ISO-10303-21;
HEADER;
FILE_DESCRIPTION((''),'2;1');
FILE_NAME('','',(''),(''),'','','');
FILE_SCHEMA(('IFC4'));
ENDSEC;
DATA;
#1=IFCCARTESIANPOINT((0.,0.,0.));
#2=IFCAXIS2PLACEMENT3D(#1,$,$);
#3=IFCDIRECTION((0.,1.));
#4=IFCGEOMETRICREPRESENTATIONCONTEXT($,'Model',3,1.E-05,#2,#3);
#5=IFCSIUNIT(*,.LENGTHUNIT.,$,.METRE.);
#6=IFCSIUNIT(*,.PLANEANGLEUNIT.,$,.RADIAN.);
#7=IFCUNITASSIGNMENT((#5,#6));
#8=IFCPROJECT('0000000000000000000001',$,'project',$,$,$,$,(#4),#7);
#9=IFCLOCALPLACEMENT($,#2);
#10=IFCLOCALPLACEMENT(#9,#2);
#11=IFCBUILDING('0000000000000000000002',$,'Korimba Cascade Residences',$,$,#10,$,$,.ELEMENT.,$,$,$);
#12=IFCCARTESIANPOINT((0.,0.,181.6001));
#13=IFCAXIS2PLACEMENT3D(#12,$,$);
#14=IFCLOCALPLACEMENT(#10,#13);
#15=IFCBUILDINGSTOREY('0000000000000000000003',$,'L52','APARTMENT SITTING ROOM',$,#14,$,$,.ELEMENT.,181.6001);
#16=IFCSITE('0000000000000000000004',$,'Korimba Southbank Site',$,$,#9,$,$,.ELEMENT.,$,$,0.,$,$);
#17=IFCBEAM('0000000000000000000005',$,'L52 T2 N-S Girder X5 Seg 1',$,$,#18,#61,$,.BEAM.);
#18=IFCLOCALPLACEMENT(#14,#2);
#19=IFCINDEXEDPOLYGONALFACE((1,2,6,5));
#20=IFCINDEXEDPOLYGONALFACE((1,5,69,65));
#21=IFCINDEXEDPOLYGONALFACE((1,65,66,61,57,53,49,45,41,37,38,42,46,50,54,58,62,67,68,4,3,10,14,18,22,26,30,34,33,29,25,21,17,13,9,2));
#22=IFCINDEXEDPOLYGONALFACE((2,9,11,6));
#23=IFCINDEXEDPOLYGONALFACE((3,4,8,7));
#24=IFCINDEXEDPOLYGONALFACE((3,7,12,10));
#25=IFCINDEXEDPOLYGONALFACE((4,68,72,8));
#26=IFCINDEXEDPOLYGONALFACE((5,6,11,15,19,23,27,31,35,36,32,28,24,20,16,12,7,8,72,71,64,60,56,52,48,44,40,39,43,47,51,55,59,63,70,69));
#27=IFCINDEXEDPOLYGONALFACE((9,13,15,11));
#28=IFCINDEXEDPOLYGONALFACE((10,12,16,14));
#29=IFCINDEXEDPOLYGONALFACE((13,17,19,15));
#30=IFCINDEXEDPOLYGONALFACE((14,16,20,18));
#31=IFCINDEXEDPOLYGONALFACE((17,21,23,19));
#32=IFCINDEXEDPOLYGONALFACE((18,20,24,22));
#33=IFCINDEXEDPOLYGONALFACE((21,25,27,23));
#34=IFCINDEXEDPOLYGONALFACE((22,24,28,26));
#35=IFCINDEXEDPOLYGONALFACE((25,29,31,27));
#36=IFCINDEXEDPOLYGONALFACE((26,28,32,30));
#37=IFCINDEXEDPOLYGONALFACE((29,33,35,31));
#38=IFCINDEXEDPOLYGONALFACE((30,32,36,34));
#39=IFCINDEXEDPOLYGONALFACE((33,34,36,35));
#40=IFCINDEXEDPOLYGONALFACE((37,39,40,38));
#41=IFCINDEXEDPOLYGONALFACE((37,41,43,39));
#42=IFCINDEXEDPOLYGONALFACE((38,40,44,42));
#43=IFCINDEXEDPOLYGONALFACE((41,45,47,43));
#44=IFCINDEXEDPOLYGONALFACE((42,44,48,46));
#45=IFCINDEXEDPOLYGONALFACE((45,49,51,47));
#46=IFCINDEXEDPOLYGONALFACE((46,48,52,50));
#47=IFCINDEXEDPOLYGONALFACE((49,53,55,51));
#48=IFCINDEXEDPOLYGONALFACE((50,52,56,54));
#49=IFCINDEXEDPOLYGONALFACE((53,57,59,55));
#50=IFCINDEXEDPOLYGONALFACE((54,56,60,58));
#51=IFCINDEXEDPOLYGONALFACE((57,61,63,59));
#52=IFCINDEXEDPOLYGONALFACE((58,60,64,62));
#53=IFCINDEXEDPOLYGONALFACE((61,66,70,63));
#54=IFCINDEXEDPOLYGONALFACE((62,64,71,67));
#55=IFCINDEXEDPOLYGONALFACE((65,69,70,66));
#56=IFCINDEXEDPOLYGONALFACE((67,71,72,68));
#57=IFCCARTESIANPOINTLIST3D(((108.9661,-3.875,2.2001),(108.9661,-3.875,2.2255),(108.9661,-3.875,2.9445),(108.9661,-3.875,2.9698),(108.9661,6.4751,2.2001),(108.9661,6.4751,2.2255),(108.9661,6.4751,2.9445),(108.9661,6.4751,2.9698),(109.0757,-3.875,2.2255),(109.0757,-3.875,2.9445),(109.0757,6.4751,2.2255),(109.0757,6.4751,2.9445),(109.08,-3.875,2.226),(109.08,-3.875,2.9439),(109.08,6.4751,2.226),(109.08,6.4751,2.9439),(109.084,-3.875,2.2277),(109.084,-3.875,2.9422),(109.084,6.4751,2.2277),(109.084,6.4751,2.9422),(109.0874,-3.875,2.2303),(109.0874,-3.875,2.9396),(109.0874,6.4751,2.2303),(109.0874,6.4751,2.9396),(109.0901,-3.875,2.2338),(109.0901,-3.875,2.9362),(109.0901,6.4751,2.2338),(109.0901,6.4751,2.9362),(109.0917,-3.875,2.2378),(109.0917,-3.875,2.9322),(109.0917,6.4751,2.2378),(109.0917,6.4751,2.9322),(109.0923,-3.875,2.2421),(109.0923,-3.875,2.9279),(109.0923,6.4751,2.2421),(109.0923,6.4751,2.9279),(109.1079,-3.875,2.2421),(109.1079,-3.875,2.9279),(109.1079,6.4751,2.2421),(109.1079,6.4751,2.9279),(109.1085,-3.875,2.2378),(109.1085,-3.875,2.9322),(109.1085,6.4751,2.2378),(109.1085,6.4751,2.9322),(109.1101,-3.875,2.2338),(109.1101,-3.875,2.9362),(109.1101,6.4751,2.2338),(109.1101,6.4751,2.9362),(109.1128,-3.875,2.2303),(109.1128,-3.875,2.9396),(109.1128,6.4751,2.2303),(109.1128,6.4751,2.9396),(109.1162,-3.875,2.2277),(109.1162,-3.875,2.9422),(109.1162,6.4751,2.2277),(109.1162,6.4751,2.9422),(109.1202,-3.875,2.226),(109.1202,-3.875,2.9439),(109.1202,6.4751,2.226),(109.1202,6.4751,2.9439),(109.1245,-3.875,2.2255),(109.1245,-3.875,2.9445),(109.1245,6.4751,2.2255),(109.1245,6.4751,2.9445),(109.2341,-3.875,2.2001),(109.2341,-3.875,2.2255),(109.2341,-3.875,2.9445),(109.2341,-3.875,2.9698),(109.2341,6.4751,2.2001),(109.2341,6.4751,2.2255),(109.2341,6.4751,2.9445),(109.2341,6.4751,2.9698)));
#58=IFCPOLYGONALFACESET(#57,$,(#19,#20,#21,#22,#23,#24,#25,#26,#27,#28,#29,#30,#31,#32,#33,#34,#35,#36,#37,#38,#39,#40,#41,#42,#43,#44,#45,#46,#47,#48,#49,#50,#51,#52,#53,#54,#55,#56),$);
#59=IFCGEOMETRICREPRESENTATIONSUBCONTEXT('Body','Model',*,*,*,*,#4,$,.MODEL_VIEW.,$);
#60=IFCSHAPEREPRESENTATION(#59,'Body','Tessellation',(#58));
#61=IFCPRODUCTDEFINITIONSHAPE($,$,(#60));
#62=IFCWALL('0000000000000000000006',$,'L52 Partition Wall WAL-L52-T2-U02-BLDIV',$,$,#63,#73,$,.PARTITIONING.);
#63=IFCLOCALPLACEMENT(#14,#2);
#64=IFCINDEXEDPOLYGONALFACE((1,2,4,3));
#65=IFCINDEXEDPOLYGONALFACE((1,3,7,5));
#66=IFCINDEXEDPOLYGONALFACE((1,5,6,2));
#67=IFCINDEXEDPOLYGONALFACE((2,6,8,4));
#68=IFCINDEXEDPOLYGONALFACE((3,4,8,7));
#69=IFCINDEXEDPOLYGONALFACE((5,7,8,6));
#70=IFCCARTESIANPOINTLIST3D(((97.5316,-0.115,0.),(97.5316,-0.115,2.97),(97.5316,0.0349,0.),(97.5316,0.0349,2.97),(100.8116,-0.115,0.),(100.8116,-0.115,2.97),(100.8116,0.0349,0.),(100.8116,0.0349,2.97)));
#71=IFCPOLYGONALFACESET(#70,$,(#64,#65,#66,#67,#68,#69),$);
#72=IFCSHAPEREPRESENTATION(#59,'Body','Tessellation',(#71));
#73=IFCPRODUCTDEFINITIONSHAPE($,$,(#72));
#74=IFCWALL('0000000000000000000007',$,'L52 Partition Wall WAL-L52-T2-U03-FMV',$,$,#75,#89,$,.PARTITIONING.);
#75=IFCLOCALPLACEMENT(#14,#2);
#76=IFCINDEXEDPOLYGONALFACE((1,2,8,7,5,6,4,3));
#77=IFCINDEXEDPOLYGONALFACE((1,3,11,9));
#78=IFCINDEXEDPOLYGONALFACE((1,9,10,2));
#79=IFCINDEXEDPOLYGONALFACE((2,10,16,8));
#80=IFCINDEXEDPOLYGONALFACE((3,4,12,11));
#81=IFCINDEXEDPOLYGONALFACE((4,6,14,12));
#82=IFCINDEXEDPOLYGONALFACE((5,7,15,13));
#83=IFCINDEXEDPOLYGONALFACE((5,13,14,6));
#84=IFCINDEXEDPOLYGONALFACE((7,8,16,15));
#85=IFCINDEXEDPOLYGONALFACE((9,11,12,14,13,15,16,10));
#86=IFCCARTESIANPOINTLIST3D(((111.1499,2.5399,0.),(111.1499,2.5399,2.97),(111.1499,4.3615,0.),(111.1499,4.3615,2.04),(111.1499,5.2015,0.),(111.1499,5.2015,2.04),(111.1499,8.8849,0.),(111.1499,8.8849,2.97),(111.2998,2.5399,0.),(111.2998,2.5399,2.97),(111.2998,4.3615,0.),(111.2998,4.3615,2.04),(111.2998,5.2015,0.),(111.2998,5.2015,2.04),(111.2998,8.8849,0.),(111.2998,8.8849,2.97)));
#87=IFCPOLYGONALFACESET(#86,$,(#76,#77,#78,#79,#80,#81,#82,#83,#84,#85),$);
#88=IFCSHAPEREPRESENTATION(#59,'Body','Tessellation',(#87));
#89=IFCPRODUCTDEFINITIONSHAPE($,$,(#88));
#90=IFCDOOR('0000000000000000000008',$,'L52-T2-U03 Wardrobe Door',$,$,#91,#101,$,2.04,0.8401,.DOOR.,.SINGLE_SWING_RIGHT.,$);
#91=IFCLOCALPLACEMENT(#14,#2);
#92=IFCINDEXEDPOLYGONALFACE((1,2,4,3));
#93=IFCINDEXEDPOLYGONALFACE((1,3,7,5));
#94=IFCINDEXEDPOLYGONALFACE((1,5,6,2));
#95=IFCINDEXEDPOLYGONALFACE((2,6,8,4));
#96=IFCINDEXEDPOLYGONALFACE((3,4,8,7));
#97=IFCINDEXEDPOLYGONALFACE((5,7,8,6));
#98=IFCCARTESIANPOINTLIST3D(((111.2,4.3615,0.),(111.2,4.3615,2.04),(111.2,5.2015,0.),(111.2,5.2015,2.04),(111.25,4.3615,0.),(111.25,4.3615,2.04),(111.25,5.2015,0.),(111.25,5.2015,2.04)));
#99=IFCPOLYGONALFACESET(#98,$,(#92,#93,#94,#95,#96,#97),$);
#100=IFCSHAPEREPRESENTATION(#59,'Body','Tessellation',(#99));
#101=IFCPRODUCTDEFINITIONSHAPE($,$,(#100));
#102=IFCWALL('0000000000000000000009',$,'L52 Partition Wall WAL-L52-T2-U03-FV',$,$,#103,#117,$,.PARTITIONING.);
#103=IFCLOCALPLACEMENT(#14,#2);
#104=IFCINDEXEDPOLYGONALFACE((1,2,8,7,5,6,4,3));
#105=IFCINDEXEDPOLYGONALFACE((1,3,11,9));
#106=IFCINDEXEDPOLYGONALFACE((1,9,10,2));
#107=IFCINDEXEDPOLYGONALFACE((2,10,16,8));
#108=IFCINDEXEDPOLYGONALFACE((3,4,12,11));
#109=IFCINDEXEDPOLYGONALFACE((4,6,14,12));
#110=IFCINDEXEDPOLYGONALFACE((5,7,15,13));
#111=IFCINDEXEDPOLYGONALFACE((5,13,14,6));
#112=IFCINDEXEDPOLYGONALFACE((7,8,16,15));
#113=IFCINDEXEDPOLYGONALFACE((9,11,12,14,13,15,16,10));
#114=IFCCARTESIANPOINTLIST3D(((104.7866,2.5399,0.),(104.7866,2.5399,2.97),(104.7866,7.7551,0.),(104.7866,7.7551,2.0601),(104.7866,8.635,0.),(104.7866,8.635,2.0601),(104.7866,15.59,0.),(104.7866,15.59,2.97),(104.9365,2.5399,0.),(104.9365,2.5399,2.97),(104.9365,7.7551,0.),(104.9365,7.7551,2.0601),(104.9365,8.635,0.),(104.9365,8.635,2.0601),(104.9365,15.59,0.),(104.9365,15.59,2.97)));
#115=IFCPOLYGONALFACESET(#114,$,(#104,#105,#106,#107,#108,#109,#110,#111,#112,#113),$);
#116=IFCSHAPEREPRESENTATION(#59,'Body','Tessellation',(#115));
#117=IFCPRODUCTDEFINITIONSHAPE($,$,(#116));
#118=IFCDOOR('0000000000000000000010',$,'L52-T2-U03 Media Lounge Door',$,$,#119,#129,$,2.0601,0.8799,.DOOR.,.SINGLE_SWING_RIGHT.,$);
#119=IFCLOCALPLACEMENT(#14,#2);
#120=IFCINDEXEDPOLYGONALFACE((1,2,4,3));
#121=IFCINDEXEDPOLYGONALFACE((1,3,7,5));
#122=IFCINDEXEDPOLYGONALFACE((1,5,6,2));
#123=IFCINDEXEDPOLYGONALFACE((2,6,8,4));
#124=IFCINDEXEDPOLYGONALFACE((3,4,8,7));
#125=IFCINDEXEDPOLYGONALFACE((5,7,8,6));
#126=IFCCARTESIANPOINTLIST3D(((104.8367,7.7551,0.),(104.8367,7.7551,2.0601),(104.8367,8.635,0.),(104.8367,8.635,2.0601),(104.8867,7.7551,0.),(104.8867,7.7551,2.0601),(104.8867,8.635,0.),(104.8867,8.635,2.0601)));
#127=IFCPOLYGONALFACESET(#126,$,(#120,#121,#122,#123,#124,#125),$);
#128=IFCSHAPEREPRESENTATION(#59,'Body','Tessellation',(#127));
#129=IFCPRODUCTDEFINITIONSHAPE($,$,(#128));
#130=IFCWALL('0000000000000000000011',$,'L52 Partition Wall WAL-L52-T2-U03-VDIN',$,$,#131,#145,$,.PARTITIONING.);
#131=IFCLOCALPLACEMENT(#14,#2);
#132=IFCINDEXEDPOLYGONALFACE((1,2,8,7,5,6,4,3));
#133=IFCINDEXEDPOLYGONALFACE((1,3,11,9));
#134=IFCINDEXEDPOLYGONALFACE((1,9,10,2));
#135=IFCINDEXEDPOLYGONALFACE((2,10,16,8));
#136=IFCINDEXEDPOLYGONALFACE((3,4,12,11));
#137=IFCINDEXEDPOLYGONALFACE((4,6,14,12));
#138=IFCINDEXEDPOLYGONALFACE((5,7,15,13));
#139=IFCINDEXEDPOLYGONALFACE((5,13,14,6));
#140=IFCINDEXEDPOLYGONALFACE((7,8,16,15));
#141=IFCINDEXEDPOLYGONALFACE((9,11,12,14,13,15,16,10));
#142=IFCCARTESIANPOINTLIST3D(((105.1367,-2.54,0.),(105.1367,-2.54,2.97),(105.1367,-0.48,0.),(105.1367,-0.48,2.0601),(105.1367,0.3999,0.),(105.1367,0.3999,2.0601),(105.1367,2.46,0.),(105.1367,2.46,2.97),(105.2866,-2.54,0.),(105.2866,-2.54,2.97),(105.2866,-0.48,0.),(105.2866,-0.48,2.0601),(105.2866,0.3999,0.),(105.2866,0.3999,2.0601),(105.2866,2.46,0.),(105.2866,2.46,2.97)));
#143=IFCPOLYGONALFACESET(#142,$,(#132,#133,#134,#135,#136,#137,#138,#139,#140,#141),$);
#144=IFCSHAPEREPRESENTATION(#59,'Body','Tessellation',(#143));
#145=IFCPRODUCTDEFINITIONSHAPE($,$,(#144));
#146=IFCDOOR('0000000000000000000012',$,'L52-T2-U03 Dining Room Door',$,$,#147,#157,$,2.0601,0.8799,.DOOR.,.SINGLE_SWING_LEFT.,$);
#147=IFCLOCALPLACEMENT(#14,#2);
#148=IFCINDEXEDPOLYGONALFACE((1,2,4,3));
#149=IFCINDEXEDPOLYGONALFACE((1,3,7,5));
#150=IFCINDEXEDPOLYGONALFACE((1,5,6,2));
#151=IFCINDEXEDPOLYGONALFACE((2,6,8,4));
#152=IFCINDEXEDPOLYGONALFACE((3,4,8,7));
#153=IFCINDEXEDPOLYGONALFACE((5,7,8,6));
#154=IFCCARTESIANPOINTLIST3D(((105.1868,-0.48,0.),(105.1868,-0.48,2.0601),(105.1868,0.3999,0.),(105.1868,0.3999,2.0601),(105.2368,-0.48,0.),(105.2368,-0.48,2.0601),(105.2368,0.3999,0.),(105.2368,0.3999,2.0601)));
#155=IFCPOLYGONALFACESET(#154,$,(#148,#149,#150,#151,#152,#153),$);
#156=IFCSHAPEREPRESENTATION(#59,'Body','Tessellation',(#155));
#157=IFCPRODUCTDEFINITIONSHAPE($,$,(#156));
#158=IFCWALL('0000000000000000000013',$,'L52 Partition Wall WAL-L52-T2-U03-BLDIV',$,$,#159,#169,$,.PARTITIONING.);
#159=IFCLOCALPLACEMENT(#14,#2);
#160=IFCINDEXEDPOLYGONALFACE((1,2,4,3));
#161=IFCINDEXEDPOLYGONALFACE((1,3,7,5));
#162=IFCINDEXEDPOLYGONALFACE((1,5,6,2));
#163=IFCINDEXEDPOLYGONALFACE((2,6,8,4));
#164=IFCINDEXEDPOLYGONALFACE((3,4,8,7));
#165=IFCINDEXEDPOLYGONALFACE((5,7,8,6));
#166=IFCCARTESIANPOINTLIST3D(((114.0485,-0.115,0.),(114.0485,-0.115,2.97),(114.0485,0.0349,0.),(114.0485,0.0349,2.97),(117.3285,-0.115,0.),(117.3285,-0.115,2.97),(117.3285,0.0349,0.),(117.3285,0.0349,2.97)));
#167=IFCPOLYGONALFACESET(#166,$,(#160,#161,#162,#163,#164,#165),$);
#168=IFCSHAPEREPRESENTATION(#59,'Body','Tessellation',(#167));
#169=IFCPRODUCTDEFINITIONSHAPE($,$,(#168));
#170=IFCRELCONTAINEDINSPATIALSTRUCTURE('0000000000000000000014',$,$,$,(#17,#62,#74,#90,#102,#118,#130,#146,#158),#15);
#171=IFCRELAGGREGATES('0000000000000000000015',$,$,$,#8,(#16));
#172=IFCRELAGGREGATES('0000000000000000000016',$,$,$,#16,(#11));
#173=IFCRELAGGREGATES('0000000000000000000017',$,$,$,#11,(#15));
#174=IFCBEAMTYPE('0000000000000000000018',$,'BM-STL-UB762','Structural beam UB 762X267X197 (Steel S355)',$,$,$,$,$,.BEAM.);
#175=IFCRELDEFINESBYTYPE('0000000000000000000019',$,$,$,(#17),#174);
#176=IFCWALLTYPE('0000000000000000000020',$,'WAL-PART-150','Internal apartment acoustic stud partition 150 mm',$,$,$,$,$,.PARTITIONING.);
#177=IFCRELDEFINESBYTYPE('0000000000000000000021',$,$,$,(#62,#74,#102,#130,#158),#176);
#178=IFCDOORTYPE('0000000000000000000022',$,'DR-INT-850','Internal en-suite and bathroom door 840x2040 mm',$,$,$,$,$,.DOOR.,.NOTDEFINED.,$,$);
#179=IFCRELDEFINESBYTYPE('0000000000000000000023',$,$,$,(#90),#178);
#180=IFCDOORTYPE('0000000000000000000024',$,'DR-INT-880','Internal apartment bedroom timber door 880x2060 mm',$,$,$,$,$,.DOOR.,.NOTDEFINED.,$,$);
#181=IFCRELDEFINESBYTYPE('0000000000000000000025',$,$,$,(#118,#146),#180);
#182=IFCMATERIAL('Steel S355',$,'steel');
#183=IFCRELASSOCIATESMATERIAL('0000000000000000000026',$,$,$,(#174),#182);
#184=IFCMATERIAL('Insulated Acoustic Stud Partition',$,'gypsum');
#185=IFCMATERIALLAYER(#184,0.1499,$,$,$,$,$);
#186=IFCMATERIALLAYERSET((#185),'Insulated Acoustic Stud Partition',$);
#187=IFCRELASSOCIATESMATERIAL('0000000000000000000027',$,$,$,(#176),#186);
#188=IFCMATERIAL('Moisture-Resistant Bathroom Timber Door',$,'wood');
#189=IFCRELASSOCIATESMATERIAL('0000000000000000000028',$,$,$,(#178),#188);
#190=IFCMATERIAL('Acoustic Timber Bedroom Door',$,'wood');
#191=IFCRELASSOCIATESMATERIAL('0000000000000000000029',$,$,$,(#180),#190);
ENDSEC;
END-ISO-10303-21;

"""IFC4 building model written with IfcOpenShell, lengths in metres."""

from ifc_helpers import new_model, si_unit, direction, frame, frame_2d, origin, origin_2d, place, context, subcontext, project, spatial, rectangle, i_section, extrude, material, layer, layer_set, material_profile, profile_set, type_object, element, fill, save


model = new_model("IFC4")

# Units and contexts
model_context = context("Model", 3, precision=1e-05, world=origin(), true_north=direction((0.0, 1.0)))
body_context = subcontext(model_context, "Body", "Model", "MODEL_VIEW")
ifc_project = project(units=[si_unit("LENGTHUNIT", "METRE"), si_unit("PLANEANGLEUNIT", "RADIAN")], contexts=[model_context])

# Site, building, storey
site_placement = place(None, origin())
site = spatial("IfcSite", under=ifc_project, at=site_placement, Name="Korimba Southbank Site", CompositionType="ELEMENT", RefElevation=0.0)
building_placement = place(site_placement, origin())
building = spatial("IfcBuilding", under=site, at=building_placement, Name="Korimba Cascade Residences", CompositionType="ELEMENT")
storey_placement = place(building_placement, frame((0.0, 0.0, 181.6001)))
storey = spatial("IfcBuildingStorey", under=building, at=storey_placement, Name="L52", Description="APARTMENT SITTING ROOM", CompositionType="ELEMENT", Elevation=181.6001)

# Beam
ifc_material_1 = material(Name="Steel S355", Category="steel")
ifc_material_profile_1 = material_profile(ifc_material_1, i_section(OverallWidth=0.2681, OverallDepth=0.7698, WebThickness=0.0156, FlangeThickness=0.0254, FilletRadius=0.0166, at=origin_2d()), Name="Steel S355")
ifc_profile_set_1 = profile_set([ifc_material_profile_1], Name="Steel S355")
beam_type_1 = type_object("IfcBeamType", Name="BM-STL-UB762", Description="Structural beam UB 762X267X197 (Steel S355)", PredefinedType="BEAM", material=ifc_profile_set_1)
for number, where, z_axis, x_axis, name in (
    (1, (109.1001, -3.875, 2.585), (0.0, 1.0, 0.0), (-1.0, 0.0, 0.0), "L52 T2 N-S Girder X5 Seg 1"),
):
    element("IfcBeam", number, at=place(storey_placement, frame(where, z_axis=z_axis, x_axis=x_axis)), inside=storey, type_object=beam_type_1, Name=name, PredefinedType="BEAM", context=body_context, shape_type="SweptSolid", body=[
        extrude(i_section(OverallWidth=0.2681, OverallDepth=0.7698, WebThickness=0.0156, FlangeThickness=0.0254, FilletRadius=0.0166, at=origin_2d()), origin(), (0.0, 0.0, 1.0), 10.3501),
    ])

# Wall
ifc_material_2 = material(Name="Insulated Acoustic Stud Partition", Category="gypsum")
ifc_layer = layer(ifc_material_2, 0.1499)
ifc_layer_set = layer_set([ifc_layer], Name="Insulated Acoustic Stud Partition")
wall_type = type_object("IfcWallType", Name="WAL-PART-150", Description="Internal apartment acoustic stud partition 150 mm", PredefinedType="PARTITIONING", material=ifc_layer_set)
wall_1_placement = place(storey_placement, frame((97.5315, -0.04, 0.0), z_axis=(0.0, 0.0, 1.0), x_axis=(1.0, 0.0, 0.0)))
element("IfcWall", 2, at=wall_1_placement, inside=storey, type_object=wall_type, Name="L52 Partition Wall WAL-L52-T2-U02-BLDIV", PredefinedType="PARTITIONING", context=body_context, shape_type="SweptSolid", body=[
    extrude(rectangle(XDim=3.28, YDim=0.1499, at=frame_2d((1.6401, 0.0))), origin(), (0.0, 0.0, 1.0), 2.97),
])

# Walls, openings, doors
wall_2_placement = place(storey_placement, frame((111.2249, 2.54, 0.0), z_axis=(0.0, 0.0, 1.0), x_axis=(0.0, 1.0, 0.0)))
wall_2 = element("IfcWall", 3, at=wall_2_placement, inside=storey, type_object=wall_type, Name="L52 Partition Wall WAL-L52-T2-U03-FMV", PredefinedType="PARTITIONING", context=body_context, shape_type="SweptSolid", body=[
    extrude(rectangle(XDim=6.345, YDim=0.1499, at=frame_2d((3.1724, 0.0))), origin(), (0.0, 0.0, 1.0), 2.97),
])
opening_1_placement = place(wall_2_placement, frame((1.8215, 0.0, 0.0)))
opening_1 = element("IfcOpeningElement", 4, at=opening_1_placement, cuts=wall_2, PredefinedType="OPENING", context=body_context, shape_type="SweptSolid", body=[
    extrude(rectangle(XDim=0.8401, YDim=2.04, at=frame_2d((0.4199, 1.02))), frame((0.0, 0.085, 0.0), z_axis=(0.0, -1.0, 0.0), x_axis=(1.0, 0.0, 0.0)), (0.0, 0.0, 1.0), 0.1699),
])
ifc_material_3 = material(Name="Moisture-Resistant Bathroom Timber Door", Category="wood")
door_type_1 = type_object("IfcDoorType", Name="DR-INT-850", Description="Internal en-suite and bathroom door 840x2040 mm", OperationType="NOTDEFINED", PredefinedType="DOOR", material=ifc_material_3)
door_1_placement = place(opening_1_placement, origin())
door_1 = element("IfcDoor", 5, at=door_1_placement, inside=storey, type_object=door_type_1, Name="L52-T2-U03 Wardrobe Door", OperationType="SINGLE_SWING_RIGHT", OverallHeight=2.04, OverallWidth=0.8401, PredefinedType="DOOR", context=body_context, shape_type="SweptSolid", body=[
    extrude(rectangle(XDim=0.8401, YDim=2.04, at=frame_2d((0.4199, 1.02))), frame((0.0, 0.0249, 0.0), z_axis=(0.0, -1.0, 0.0), x_axis=(1.0, 0.0, 0.0)), (0.0, 0.0, 1.0), 0.05),
])
fill(opening_1, door_1)
wall_3_placement = place(storey_placement, frame((104.8616, 2.54, 0.0), z_axis=(0.0, 0.0, 1.0), x_axis=(0.0, 1.0, 0.0)))
wall_3 = element("IfcWall", 6, at=wall_3_placement, inside=storey, type_object=wall_type, Name="L52 Partition Wall WAL-L52-T2-U03-FV", PredefinedType="PARTITIONING", context=body_context, shape_type="SweptSolid", body=[
    extrude(rectangle(XDim=13.05, YDim=0.1499, at=frame_2d((6.5249, 0.0))), origin(), (0.0, 0.0, 1.0), 2.97),
])
opening_2_placement = place(wall_3_placement, frame((5.2151, 0.0, 0.0)))
opening_2 = element("IfcOpeningElement", 7, at=opening_2_placement, cuts=wall_3, PredefinedType="OPENING", context=body_context, shape_type="SweptSolid", body=[
    extrude(rectangle(XDim=0.8799, YDim=2.0601, at=frame_2d((0.4399, 1.03))), frame((0.0, 0.085, 0.0), z_axis=(0.0, -1.0, 0.0), x_axis=(1.0, 0.0, 0.0)), (0.0, 0.0, 1.0), 0.1699),
])
ifc_material_4 = material(Name="Acoustic Timber Bedroom Door", Category="wood")
door_type_2 = type_object("IfcDoorType", Name="DR-INT-880", Description="Internal apartment bedroom timber door 880x2060 mm", OperationType="NOTDEFINED", PredefinedType="DOOR", material=ifc_material_4)
door_2_placement = place(opening_2_placement, origin())
door_2 = element("IfcDoor", 8, at=door_2_placement, inside=storey, type_object=door_type_2, Name="L52-T2-U03 Media Lounge Door", OperationType="SINGLE_SWING_RIGHT", OverallHeight=2.0601, OverallWidth=0.8799, PredefinedType="DOOR", context=body_context, shape_type="SweptSolid", body=[
    extrude(rectangle(XDim=0.8799, YDim=2.0601, at=frame_2d((0.4399, 1.03))), frame((0.0, 0.0249, 0.0), z_axis=(0.0, -1.0, 0.0), x_axis=(1.0, 0.0, 0.0)), (0.0, 0.0, 1.0), 0.05),
])
fill(opening_2, door_2)
wall_4_placement = place(storey_placement, frame((105.2117, -2.54, 0.0), z_axis=(0.0, 0.0, 1.0), x_axis=(0.0, 1.0, 0.0)))
wall_4 = element("IfcWall", 9, at=wall_4_placement, inside=storey, type_object=wall_type, Name="L52 Partition Wall WAL-L52-T2-U03-VDIN", PredefinedType="PARTITIONING", context=body_context, shape_type="SweptSolid", body=[
    extrude(rectangle(XDim=5.0, YDim=0.1499, at=frame_2d((2.5, 0.0))), origin(), (0.0, 0.0, 1.0), 2.97),
])
opening_3_placement = place(wall_4_placement, frame((2.0601, 0.0, 0.0)))
opening_3 = element("IfcOpeningElement", 10, at=opening_3_placement, cuts=wall_4, PredefinedType="OPENING", context=body_context, shape_type="SweptSolid", body=[
    extrude(rectangle(XDim=0.8799, YDim=2.0601, at=frame_2d((0.4399, 1.03))), frame((0.0, 0.085, 0.0), z_axis=(0.0, -1.0, 0.0), x_axis=(1.0, 0.0, 0.0)), (0.0, 0.0, 1.0), 0.1699),
])
door_3_placement = place(opening_3_placement, origin())
door_3 = element("IfcDoor", 11, at=door_3_placement, inside=storey, type_object=door_type_2, Name="L52-T2-U03 Dining Room Door", OperationType="SINGLE_SWING_LEFT", OverallHeight=2.0601, OverallWidth=0.8799, PredefinedType="DOOR", context=body_context, shape_type="SweptSolid", body=[
    extrude(rectangle(XDim=0.8799, YDim=2.0601, at=frame_2d((0.4399, 1.03))), frame((0.0, 0.0249, 0.0), z_axis=(0.0, -1.0, 0.0), x_axis=(1.0, 0.0, 0.0)), (0.0, 0.0, 1.0), 0.05),
])
fill(opening_3, door_3)

# Wall
wall_5_placement = place(storey_placement, frame((114.0483, -0.04, 0.0), z_axis=(0.0, 0.0, 1.0), x_axis=(1.0, 0.0, 0.0)))
element("IfcWall", 12, at=wall_5_placement, inside=storey, type_object=wall_type, Name="L52 Partition Wall WAL-L52-T2-U03-BLDIV", PredefinedType="PARTITIONING", context=body_context, shape_type="SweptSolid", body=[
    extrude(rectangle(XDim=3.28, YDim=0.1499, at=frame_2d((1.6401, 0.0))), origin(), (0.0, 0.0, 1.0), 2.97),
])

save(model, "model.ifc")
